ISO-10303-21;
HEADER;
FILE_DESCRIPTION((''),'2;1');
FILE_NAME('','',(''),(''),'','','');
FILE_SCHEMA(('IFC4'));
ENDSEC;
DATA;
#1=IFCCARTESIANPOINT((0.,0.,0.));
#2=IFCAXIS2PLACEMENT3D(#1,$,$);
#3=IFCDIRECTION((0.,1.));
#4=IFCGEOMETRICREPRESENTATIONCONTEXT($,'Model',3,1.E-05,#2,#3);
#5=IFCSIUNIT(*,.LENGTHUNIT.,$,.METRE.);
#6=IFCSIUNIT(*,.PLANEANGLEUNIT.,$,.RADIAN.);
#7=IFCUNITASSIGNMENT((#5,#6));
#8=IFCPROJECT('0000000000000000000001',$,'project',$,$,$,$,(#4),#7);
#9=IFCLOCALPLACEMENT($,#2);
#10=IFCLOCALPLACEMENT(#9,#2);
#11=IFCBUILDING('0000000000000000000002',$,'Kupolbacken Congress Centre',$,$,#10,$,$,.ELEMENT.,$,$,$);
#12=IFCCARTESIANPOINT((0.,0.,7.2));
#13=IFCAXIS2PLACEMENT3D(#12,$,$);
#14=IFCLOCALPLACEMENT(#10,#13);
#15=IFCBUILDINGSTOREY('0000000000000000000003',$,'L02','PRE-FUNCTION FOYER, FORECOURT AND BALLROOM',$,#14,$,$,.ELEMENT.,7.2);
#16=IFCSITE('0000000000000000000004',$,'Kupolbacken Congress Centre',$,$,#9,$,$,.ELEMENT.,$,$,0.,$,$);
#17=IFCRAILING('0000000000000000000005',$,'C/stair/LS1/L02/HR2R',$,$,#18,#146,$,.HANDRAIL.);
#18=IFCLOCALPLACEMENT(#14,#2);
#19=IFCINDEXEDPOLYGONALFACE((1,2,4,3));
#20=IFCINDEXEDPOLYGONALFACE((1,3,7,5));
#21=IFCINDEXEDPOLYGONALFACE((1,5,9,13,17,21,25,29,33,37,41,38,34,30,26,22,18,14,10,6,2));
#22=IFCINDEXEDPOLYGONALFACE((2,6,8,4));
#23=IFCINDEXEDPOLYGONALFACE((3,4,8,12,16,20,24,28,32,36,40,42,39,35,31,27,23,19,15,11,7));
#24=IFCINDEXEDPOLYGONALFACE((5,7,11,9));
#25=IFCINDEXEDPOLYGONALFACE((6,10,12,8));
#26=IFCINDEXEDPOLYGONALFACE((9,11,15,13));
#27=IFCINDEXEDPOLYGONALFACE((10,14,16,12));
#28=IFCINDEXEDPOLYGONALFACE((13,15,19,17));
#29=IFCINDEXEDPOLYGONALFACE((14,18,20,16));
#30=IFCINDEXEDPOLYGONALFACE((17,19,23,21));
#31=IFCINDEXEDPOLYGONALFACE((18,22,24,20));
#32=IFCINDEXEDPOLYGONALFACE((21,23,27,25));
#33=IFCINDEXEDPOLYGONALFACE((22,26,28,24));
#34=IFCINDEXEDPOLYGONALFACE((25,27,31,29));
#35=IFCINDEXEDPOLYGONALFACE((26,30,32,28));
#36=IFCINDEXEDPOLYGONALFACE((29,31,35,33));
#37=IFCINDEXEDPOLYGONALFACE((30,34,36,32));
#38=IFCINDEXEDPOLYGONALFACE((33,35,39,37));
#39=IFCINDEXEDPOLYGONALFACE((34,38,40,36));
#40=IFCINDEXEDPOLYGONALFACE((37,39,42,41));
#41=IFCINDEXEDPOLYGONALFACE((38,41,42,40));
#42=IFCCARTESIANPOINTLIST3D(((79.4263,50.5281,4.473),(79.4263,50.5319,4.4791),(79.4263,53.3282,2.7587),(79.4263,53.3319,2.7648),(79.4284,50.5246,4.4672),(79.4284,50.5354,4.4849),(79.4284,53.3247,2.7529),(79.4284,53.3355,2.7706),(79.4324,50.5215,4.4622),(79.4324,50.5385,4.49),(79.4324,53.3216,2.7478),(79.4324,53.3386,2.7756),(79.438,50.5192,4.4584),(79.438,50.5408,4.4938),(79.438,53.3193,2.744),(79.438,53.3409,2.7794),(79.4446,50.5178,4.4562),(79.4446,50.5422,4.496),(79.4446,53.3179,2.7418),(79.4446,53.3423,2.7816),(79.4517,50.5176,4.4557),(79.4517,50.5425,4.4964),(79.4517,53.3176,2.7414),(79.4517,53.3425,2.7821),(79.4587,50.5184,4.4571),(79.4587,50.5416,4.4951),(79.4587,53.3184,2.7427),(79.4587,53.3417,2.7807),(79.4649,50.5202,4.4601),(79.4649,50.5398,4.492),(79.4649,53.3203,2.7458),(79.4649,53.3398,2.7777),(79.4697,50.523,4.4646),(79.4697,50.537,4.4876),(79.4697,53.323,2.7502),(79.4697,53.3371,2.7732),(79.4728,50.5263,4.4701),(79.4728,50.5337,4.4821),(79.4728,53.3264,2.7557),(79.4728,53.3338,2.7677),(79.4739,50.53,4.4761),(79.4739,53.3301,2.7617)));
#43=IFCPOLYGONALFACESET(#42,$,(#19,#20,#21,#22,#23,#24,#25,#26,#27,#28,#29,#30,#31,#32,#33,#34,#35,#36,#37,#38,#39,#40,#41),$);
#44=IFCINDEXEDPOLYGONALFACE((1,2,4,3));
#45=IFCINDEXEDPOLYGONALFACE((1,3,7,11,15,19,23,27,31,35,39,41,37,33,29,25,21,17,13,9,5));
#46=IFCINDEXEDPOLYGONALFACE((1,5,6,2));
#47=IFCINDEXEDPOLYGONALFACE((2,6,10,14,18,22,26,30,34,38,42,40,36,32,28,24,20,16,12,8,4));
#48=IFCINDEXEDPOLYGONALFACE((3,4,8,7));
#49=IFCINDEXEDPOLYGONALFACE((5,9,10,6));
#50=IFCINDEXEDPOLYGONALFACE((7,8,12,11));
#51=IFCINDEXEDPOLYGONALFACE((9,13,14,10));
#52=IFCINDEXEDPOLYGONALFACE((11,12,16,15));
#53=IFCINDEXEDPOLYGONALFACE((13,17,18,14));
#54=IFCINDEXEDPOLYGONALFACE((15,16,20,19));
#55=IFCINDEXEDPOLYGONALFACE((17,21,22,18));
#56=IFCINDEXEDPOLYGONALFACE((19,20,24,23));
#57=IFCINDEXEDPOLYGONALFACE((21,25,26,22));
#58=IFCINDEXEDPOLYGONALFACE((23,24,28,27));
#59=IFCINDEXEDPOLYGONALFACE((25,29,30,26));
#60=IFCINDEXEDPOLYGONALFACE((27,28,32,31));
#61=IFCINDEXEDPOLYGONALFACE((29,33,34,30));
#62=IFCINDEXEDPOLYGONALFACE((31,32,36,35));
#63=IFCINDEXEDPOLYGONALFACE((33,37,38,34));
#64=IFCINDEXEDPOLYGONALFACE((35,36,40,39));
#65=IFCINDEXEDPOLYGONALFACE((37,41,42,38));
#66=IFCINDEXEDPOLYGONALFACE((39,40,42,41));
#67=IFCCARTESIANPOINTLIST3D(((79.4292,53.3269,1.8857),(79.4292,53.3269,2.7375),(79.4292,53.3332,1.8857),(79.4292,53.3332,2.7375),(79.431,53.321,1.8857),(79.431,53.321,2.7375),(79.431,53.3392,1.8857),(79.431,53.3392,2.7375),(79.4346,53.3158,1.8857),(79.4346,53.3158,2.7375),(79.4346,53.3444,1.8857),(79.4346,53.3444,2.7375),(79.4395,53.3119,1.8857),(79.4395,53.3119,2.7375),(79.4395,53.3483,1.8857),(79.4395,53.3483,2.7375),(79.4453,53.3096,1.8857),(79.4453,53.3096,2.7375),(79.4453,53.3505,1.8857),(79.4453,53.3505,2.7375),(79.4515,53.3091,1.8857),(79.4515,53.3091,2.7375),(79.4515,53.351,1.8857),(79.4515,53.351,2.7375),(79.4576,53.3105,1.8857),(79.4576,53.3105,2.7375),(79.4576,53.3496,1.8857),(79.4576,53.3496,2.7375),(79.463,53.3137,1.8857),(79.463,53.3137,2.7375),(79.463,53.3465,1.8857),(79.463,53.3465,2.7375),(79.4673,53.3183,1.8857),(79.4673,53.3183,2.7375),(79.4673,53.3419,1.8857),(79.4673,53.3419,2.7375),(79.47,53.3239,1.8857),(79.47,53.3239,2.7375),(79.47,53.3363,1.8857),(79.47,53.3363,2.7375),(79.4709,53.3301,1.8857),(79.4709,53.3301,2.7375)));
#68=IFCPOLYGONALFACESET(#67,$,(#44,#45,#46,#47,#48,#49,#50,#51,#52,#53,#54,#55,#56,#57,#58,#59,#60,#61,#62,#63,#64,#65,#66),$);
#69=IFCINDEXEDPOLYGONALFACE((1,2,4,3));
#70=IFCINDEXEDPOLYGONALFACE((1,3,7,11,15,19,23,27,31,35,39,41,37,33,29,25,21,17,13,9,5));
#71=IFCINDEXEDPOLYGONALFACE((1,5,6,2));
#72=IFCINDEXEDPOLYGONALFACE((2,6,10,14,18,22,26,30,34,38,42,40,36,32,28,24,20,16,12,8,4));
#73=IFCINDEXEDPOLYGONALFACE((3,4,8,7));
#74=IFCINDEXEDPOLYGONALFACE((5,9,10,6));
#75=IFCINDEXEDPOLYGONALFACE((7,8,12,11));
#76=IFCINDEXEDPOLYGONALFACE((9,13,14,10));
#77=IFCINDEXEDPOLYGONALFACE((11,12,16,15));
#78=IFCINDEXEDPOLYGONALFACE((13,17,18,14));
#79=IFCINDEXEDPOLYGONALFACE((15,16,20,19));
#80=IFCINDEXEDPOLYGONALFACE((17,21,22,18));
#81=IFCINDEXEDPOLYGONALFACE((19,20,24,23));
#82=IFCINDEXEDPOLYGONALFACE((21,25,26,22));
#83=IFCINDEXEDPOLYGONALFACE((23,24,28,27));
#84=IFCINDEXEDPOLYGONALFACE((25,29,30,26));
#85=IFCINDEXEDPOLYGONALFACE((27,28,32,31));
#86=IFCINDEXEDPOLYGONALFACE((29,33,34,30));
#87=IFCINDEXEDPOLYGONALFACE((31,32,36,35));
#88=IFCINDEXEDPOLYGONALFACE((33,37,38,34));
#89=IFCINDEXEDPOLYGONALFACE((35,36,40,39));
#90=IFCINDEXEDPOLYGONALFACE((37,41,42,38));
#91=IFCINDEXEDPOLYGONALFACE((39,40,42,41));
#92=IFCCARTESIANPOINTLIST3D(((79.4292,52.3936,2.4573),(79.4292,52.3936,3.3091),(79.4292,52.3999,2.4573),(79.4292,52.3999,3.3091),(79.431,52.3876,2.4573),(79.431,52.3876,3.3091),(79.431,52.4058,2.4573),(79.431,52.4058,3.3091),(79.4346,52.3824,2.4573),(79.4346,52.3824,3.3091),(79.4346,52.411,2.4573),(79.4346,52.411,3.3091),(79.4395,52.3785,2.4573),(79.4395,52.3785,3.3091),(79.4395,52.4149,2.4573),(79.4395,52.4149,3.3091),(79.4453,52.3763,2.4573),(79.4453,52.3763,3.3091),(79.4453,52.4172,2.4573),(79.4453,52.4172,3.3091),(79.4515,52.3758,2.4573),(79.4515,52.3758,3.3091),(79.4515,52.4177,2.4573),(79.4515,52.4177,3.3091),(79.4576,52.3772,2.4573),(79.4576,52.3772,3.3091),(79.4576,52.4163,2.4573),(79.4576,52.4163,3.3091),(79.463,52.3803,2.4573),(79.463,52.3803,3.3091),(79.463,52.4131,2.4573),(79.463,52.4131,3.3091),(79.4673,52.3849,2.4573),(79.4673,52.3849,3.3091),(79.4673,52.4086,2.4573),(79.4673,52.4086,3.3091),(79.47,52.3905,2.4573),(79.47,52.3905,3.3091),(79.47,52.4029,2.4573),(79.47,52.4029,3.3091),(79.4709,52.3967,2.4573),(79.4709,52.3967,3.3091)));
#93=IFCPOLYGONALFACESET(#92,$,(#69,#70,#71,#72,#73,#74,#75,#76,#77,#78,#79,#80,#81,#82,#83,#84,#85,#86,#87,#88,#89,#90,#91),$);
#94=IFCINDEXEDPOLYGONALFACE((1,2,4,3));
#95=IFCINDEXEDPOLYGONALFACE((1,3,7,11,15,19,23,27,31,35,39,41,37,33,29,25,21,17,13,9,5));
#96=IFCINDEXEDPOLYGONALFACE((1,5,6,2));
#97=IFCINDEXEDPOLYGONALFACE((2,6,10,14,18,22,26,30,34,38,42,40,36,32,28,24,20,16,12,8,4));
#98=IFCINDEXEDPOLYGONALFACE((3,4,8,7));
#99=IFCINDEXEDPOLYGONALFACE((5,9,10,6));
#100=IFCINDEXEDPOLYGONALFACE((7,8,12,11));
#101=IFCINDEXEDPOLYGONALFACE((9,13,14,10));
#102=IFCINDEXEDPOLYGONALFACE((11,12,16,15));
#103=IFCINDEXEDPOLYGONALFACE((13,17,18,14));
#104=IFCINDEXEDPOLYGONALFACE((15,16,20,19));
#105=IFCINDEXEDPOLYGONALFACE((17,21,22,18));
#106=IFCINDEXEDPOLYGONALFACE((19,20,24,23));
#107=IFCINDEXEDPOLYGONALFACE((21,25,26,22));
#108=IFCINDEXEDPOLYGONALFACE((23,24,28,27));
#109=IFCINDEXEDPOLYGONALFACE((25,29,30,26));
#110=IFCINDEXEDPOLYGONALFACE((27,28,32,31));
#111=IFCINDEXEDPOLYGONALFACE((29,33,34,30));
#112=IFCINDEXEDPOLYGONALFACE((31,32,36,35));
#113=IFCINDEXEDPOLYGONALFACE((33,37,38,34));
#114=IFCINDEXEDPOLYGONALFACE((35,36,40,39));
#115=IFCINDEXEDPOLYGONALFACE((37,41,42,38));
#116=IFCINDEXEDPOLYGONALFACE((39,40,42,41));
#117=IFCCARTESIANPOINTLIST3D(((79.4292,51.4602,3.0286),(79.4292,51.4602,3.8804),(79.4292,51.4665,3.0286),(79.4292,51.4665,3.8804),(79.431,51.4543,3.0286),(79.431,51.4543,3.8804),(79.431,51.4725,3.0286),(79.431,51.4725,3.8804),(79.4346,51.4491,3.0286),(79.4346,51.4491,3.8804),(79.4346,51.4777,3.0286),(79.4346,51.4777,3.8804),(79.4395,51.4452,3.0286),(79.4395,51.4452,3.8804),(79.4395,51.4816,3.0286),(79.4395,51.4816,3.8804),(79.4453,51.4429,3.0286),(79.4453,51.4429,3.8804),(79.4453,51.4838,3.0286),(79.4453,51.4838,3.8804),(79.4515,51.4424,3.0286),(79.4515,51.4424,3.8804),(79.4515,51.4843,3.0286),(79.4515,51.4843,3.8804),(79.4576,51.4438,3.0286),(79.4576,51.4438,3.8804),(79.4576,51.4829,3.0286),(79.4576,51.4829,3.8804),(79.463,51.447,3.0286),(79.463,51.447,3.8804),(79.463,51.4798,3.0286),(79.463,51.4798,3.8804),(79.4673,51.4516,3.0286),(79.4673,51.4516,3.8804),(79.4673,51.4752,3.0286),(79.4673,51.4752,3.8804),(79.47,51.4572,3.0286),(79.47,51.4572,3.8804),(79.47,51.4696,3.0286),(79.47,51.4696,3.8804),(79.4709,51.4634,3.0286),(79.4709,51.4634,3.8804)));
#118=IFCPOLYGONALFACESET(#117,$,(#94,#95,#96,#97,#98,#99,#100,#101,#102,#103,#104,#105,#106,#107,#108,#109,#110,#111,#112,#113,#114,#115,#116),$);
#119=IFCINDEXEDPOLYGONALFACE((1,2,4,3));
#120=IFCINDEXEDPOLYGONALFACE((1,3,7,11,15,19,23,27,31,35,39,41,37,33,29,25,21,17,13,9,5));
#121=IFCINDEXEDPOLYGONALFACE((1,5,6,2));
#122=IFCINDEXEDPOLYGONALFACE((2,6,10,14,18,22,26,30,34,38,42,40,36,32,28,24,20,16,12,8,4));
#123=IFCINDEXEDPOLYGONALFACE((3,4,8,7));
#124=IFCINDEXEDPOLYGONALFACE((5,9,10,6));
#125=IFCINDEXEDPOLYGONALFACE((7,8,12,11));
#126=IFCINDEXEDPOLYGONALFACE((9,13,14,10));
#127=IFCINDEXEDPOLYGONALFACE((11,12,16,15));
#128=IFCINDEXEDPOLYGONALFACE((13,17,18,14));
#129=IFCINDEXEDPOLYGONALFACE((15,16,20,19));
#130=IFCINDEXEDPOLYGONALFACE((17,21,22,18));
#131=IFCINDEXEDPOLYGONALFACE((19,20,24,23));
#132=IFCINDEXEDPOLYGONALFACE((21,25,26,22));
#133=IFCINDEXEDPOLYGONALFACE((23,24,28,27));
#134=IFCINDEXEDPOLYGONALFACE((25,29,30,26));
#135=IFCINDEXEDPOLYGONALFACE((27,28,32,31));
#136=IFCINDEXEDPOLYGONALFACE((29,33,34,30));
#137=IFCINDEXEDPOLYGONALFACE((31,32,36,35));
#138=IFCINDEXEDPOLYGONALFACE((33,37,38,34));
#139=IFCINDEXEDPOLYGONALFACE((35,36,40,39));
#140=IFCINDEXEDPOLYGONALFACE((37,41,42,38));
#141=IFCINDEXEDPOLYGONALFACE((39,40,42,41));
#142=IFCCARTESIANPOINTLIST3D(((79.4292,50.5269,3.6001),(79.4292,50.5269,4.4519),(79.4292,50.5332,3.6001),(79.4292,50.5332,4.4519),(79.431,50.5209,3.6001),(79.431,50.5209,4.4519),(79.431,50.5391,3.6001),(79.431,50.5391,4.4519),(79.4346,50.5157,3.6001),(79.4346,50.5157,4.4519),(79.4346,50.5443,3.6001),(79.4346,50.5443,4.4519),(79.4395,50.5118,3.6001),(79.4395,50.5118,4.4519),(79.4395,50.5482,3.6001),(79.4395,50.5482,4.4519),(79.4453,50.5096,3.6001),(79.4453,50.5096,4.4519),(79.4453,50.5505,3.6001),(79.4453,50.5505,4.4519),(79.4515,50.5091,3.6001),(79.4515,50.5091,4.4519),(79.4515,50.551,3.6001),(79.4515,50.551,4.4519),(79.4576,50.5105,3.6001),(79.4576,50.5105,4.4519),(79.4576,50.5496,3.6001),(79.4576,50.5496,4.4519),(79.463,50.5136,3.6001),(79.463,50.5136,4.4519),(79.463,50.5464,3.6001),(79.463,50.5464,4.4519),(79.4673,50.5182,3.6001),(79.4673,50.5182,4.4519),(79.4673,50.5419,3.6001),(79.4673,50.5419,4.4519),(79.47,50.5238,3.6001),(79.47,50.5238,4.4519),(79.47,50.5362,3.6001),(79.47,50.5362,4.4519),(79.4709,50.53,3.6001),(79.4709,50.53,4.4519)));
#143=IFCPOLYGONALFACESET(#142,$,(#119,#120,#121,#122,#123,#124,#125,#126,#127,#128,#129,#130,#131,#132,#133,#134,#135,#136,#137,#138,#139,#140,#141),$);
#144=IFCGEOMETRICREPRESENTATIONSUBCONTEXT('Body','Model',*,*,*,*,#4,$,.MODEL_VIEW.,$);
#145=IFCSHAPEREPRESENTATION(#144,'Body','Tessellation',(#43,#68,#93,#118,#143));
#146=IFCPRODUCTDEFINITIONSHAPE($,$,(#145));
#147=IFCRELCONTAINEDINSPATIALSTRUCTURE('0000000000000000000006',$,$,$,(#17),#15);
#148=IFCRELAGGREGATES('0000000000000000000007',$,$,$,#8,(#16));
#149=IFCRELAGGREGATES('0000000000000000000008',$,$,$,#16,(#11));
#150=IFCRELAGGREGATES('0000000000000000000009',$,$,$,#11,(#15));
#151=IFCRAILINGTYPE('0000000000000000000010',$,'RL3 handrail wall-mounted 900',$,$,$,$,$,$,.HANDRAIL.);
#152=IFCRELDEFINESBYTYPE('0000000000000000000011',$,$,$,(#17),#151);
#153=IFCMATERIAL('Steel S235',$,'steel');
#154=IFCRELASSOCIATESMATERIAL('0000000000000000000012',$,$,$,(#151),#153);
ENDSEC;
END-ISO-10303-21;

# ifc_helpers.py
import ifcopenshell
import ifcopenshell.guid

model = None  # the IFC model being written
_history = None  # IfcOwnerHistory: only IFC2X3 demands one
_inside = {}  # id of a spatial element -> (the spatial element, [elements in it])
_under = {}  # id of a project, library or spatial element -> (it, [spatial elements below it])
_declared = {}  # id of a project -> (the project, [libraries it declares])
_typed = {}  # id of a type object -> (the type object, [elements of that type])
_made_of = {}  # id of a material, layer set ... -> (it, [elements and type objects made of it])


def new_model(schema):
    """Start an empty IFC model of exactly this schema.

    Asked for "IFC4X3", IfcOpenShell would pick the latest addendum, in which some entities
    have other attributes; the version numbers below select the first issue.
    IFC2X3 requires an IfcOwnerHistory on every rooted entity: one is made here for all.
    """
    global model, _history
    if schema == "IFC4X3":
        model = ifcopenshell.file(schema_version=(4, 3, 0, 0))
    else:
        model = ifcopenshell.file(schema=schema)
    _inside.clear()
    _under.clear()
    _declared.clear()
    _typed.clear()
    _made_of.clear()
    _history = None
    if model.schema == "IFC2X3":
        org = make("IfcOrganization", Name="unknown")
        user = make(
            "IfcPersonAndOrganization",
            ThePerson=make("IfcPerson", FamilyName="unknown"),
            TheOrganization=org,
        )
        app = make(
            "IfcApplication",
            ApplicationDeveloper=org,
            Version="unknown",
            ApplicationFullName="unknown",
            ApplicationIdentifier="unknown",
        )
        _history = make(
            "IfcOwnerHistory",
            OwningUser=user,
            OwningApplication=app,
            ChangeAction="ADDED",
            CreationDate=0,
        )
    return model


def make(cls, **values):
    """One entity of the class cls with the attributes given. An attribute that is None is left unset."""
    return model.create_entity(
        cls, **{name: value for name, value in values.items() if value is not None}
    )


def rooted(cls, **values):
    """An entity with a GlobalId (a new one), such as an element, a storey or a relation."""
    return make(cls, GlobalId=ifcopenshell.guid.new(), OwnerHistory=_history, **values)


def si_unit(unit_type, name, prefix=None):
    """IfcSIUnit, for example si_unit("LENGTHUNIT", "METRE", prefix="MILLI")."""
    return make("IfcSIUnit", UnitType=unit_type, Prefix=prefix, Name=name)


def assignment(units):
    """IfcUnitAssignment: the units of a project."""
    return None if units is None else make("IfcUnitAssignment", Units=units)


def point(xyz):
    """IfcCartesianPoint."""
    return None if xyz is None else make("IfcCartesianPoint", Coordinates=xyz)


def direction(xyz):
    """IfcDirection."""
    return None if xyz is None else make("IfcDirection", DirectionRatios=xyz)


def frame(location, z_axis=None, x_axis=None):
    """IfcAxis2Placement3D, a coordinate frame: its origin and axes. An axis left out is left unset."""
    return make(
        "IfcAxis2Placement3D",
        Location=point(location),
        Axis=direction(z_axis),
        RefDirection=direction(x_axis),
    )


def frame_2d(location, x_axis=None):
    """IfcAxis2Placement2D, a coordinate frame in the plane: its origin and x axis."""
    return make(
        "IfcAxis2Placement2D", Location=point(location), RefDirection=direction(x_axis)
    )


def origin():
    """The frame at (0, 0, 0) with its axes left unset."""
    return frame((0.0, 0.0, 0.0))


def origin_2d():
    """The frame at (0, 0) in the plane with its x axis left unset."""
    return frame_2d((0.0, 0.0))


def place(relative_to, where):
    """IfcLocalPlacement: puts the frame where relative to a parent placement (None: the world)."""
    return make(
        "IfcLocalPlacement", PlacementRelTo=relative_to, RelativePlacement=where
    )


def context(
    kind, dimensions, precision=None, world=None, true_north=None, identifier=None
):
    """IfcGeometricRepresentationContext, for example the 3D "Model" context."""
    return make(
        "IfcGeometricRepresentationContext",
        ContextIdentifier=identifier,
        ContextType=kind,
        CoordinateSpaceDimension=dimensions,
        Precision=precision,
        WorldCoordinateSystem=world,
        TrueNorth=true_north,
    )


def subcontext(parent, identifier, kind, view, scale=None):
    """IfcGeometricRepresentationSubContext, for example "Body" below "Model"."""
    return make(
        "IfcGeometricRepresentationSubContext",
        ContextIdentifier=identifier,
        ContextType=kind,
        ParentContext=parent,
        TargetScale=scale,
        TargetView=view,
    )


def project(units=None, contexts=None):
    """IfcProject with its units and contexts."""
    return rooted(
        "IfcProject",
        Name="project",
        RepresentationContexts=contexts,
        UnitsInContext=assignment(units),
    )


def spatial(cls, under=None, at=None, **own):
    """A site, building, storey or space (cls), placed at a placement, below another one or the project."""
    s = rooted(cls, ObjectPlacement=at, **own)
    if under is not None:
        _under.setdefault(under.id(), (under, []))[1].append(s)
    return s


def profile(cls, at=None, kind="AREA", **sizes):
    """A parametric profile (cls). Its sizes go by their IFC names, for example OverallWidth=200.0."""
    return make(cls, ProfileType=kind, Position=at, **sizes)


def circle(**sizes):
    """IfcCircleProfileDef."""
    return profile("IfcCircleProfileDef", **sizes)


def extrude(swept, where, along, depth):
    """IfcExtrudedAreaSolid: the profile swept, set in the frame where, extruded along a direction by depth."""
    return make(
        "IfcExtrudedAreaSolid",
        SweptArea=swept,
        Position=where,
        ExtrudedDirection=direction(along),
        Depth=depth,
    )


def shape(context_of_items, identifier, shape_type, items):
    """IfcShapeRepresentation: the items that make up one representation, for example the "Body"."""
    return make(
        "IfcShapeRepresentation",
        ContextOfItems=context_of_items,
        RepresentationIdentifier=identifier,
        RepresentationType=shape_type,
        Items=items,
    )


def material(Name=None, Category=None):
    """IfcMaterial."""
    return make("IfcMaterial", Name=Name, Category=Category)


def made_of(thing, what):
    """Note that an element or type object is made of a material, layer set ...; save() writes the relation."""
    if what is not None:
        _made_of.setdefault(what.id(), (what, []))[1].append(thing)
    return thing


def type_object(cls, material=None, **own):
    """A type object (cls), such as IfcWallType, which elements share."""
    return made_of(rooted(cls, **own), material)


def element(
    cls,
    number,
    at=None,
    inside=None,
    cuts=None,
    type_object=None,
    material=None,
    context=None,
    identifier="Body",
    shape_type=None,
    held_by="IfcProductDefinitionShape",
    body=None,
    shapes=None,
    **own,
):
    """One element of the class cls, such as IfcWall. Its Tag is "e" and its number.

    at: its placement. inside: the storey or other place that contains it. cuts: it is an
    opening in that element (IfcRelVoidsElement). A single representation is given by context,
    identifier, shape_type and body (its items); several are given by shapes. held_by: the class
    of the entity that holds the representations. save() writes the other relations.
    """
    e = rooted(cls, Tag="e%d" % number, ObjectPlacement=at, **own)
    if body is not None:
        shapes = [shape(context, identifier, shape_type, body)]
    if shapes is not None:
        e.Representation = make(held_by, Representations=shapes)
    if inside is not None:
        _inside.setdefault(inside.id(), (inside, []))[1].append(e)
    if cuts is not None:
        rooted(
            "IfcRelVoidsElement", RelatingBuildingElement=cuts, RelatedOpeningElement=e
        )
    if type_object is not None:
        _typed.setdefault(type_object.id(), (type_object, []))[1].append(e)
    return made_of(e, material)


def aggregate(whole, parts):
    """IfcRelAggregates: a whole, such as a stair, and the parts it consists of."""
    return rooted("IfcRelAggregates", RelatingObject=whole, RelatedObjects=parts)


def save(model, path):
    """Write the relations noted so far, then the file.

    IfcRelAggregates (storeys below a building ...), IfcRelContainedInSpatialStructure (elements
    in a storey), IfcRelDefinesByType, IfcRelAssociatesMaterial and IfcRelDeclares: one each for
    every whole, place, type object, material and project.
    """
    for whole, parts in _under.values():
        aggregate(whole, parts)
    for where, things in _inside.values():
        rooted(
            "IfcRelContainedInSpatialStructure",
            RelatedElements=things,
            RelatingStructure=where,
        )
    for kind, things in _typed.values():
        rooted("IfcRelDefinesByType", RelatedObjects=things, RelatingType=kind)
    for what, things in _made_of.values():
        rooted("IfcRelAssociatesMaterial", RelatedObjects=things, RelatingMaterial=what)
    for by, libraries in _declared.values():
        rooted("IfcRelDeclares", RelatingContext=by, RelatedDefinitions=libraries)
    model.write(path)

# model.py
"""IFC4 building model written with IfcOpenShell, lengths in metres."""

from ifc_helpers import new_model, si_unit, direction, frame, origin, origin_2d, place, context, subcontext, project, spatial, circle, extrude, material, type_object, element, save


model = new_model("IFC4")

# Units and contexts
model_context = context("Model", 3, precision=1e-05, world=origin(), true_north=direction((0.0, 1.0)))
body_context = subcontext(model_context, "Body", "Model", "MODEL_VIEW")
ifc_project = project(units=[si_unit("LENGTHUNIT", "METRE"), si_unit("PLANEANGLEUNIT", "RADIAN")], contexts=[model_context])

# Site, building, storey
site_placement = place(None, origin())
site = spatial("IfcSite", under=ifc_project, at=site_placement, Name="Kupolbacken Congress Centre", CompositionType="ELEMENT", RefElevation=0.0)
building_placement = place(site_placement, origin())
building = spatial("IfcBuilding", under=site, at=building_placement, Name="Kupolbacken Congress Centre", CompositionType="ELEMENT")
storey_placement = place(building_placement, frame((0.0, 0.0, 7.2)))
storey = spatial("IfcBuildingStorey", under=building, at=storey_placement, Name="L02", Description="PRE-FUNCTION FOYER, FORECOURT AND BALLROOM", CompositionType="ELEMENT", Elevation=7.2)

# Railing
ifc_material_1 = material(Name="Steel S235", Category="steel")
railing_type = type_object("IfcRailingType", Name="RL3 handrail wall-mounted 900", PredefinedType="HANDRAIL", material=ifc_material_1)
for number, where, name in (
    (1, (79.45, 53.3301, 1.8857), "C/stair/LS1/L02/HR2R"),
):
    element("IfcRailing", number, at=place(storey_placement, frame(where)), inside=storey, type_object=railing_type, Name=name, PredefinedType="HANDRAIL", context=body_context, shape_type="SweptSolid", body=[
        extrude(circle(Radius=0.0239, at=origin_2d()), frame((0.0, 0.0, 0.876), z_axis=(0.0, -0.852846, 0.522163), x_axis=(1.0, 0.0, 0.0)), (0.0, 0.0, 1.0), 3.2832),
        extrude(circle(Radius=0.021, at=origin_2d()), origin(), (0.0, 0.0, 1.0), 0.8518),
        extrude(circle(Radius=0.021, at=origin_2d()), frame((0.0, -0.9333, 0.5715)), (0.0, 0.0, 1.0), 0.8518),
        extrude(circle(Radius=0.021, at=origin_2d()), frame((0.0, -1.8667, 1.1428)), (0.0, 0.0, 1.0), 0.8518),
        extrude(circle(Radius=0.021, at=origin_2d()), frame((0.0, -2.8, 1.7144)), (0.0, 0.0, 1.0), 0.8518),
    ])

save(model, "model.ifc")
